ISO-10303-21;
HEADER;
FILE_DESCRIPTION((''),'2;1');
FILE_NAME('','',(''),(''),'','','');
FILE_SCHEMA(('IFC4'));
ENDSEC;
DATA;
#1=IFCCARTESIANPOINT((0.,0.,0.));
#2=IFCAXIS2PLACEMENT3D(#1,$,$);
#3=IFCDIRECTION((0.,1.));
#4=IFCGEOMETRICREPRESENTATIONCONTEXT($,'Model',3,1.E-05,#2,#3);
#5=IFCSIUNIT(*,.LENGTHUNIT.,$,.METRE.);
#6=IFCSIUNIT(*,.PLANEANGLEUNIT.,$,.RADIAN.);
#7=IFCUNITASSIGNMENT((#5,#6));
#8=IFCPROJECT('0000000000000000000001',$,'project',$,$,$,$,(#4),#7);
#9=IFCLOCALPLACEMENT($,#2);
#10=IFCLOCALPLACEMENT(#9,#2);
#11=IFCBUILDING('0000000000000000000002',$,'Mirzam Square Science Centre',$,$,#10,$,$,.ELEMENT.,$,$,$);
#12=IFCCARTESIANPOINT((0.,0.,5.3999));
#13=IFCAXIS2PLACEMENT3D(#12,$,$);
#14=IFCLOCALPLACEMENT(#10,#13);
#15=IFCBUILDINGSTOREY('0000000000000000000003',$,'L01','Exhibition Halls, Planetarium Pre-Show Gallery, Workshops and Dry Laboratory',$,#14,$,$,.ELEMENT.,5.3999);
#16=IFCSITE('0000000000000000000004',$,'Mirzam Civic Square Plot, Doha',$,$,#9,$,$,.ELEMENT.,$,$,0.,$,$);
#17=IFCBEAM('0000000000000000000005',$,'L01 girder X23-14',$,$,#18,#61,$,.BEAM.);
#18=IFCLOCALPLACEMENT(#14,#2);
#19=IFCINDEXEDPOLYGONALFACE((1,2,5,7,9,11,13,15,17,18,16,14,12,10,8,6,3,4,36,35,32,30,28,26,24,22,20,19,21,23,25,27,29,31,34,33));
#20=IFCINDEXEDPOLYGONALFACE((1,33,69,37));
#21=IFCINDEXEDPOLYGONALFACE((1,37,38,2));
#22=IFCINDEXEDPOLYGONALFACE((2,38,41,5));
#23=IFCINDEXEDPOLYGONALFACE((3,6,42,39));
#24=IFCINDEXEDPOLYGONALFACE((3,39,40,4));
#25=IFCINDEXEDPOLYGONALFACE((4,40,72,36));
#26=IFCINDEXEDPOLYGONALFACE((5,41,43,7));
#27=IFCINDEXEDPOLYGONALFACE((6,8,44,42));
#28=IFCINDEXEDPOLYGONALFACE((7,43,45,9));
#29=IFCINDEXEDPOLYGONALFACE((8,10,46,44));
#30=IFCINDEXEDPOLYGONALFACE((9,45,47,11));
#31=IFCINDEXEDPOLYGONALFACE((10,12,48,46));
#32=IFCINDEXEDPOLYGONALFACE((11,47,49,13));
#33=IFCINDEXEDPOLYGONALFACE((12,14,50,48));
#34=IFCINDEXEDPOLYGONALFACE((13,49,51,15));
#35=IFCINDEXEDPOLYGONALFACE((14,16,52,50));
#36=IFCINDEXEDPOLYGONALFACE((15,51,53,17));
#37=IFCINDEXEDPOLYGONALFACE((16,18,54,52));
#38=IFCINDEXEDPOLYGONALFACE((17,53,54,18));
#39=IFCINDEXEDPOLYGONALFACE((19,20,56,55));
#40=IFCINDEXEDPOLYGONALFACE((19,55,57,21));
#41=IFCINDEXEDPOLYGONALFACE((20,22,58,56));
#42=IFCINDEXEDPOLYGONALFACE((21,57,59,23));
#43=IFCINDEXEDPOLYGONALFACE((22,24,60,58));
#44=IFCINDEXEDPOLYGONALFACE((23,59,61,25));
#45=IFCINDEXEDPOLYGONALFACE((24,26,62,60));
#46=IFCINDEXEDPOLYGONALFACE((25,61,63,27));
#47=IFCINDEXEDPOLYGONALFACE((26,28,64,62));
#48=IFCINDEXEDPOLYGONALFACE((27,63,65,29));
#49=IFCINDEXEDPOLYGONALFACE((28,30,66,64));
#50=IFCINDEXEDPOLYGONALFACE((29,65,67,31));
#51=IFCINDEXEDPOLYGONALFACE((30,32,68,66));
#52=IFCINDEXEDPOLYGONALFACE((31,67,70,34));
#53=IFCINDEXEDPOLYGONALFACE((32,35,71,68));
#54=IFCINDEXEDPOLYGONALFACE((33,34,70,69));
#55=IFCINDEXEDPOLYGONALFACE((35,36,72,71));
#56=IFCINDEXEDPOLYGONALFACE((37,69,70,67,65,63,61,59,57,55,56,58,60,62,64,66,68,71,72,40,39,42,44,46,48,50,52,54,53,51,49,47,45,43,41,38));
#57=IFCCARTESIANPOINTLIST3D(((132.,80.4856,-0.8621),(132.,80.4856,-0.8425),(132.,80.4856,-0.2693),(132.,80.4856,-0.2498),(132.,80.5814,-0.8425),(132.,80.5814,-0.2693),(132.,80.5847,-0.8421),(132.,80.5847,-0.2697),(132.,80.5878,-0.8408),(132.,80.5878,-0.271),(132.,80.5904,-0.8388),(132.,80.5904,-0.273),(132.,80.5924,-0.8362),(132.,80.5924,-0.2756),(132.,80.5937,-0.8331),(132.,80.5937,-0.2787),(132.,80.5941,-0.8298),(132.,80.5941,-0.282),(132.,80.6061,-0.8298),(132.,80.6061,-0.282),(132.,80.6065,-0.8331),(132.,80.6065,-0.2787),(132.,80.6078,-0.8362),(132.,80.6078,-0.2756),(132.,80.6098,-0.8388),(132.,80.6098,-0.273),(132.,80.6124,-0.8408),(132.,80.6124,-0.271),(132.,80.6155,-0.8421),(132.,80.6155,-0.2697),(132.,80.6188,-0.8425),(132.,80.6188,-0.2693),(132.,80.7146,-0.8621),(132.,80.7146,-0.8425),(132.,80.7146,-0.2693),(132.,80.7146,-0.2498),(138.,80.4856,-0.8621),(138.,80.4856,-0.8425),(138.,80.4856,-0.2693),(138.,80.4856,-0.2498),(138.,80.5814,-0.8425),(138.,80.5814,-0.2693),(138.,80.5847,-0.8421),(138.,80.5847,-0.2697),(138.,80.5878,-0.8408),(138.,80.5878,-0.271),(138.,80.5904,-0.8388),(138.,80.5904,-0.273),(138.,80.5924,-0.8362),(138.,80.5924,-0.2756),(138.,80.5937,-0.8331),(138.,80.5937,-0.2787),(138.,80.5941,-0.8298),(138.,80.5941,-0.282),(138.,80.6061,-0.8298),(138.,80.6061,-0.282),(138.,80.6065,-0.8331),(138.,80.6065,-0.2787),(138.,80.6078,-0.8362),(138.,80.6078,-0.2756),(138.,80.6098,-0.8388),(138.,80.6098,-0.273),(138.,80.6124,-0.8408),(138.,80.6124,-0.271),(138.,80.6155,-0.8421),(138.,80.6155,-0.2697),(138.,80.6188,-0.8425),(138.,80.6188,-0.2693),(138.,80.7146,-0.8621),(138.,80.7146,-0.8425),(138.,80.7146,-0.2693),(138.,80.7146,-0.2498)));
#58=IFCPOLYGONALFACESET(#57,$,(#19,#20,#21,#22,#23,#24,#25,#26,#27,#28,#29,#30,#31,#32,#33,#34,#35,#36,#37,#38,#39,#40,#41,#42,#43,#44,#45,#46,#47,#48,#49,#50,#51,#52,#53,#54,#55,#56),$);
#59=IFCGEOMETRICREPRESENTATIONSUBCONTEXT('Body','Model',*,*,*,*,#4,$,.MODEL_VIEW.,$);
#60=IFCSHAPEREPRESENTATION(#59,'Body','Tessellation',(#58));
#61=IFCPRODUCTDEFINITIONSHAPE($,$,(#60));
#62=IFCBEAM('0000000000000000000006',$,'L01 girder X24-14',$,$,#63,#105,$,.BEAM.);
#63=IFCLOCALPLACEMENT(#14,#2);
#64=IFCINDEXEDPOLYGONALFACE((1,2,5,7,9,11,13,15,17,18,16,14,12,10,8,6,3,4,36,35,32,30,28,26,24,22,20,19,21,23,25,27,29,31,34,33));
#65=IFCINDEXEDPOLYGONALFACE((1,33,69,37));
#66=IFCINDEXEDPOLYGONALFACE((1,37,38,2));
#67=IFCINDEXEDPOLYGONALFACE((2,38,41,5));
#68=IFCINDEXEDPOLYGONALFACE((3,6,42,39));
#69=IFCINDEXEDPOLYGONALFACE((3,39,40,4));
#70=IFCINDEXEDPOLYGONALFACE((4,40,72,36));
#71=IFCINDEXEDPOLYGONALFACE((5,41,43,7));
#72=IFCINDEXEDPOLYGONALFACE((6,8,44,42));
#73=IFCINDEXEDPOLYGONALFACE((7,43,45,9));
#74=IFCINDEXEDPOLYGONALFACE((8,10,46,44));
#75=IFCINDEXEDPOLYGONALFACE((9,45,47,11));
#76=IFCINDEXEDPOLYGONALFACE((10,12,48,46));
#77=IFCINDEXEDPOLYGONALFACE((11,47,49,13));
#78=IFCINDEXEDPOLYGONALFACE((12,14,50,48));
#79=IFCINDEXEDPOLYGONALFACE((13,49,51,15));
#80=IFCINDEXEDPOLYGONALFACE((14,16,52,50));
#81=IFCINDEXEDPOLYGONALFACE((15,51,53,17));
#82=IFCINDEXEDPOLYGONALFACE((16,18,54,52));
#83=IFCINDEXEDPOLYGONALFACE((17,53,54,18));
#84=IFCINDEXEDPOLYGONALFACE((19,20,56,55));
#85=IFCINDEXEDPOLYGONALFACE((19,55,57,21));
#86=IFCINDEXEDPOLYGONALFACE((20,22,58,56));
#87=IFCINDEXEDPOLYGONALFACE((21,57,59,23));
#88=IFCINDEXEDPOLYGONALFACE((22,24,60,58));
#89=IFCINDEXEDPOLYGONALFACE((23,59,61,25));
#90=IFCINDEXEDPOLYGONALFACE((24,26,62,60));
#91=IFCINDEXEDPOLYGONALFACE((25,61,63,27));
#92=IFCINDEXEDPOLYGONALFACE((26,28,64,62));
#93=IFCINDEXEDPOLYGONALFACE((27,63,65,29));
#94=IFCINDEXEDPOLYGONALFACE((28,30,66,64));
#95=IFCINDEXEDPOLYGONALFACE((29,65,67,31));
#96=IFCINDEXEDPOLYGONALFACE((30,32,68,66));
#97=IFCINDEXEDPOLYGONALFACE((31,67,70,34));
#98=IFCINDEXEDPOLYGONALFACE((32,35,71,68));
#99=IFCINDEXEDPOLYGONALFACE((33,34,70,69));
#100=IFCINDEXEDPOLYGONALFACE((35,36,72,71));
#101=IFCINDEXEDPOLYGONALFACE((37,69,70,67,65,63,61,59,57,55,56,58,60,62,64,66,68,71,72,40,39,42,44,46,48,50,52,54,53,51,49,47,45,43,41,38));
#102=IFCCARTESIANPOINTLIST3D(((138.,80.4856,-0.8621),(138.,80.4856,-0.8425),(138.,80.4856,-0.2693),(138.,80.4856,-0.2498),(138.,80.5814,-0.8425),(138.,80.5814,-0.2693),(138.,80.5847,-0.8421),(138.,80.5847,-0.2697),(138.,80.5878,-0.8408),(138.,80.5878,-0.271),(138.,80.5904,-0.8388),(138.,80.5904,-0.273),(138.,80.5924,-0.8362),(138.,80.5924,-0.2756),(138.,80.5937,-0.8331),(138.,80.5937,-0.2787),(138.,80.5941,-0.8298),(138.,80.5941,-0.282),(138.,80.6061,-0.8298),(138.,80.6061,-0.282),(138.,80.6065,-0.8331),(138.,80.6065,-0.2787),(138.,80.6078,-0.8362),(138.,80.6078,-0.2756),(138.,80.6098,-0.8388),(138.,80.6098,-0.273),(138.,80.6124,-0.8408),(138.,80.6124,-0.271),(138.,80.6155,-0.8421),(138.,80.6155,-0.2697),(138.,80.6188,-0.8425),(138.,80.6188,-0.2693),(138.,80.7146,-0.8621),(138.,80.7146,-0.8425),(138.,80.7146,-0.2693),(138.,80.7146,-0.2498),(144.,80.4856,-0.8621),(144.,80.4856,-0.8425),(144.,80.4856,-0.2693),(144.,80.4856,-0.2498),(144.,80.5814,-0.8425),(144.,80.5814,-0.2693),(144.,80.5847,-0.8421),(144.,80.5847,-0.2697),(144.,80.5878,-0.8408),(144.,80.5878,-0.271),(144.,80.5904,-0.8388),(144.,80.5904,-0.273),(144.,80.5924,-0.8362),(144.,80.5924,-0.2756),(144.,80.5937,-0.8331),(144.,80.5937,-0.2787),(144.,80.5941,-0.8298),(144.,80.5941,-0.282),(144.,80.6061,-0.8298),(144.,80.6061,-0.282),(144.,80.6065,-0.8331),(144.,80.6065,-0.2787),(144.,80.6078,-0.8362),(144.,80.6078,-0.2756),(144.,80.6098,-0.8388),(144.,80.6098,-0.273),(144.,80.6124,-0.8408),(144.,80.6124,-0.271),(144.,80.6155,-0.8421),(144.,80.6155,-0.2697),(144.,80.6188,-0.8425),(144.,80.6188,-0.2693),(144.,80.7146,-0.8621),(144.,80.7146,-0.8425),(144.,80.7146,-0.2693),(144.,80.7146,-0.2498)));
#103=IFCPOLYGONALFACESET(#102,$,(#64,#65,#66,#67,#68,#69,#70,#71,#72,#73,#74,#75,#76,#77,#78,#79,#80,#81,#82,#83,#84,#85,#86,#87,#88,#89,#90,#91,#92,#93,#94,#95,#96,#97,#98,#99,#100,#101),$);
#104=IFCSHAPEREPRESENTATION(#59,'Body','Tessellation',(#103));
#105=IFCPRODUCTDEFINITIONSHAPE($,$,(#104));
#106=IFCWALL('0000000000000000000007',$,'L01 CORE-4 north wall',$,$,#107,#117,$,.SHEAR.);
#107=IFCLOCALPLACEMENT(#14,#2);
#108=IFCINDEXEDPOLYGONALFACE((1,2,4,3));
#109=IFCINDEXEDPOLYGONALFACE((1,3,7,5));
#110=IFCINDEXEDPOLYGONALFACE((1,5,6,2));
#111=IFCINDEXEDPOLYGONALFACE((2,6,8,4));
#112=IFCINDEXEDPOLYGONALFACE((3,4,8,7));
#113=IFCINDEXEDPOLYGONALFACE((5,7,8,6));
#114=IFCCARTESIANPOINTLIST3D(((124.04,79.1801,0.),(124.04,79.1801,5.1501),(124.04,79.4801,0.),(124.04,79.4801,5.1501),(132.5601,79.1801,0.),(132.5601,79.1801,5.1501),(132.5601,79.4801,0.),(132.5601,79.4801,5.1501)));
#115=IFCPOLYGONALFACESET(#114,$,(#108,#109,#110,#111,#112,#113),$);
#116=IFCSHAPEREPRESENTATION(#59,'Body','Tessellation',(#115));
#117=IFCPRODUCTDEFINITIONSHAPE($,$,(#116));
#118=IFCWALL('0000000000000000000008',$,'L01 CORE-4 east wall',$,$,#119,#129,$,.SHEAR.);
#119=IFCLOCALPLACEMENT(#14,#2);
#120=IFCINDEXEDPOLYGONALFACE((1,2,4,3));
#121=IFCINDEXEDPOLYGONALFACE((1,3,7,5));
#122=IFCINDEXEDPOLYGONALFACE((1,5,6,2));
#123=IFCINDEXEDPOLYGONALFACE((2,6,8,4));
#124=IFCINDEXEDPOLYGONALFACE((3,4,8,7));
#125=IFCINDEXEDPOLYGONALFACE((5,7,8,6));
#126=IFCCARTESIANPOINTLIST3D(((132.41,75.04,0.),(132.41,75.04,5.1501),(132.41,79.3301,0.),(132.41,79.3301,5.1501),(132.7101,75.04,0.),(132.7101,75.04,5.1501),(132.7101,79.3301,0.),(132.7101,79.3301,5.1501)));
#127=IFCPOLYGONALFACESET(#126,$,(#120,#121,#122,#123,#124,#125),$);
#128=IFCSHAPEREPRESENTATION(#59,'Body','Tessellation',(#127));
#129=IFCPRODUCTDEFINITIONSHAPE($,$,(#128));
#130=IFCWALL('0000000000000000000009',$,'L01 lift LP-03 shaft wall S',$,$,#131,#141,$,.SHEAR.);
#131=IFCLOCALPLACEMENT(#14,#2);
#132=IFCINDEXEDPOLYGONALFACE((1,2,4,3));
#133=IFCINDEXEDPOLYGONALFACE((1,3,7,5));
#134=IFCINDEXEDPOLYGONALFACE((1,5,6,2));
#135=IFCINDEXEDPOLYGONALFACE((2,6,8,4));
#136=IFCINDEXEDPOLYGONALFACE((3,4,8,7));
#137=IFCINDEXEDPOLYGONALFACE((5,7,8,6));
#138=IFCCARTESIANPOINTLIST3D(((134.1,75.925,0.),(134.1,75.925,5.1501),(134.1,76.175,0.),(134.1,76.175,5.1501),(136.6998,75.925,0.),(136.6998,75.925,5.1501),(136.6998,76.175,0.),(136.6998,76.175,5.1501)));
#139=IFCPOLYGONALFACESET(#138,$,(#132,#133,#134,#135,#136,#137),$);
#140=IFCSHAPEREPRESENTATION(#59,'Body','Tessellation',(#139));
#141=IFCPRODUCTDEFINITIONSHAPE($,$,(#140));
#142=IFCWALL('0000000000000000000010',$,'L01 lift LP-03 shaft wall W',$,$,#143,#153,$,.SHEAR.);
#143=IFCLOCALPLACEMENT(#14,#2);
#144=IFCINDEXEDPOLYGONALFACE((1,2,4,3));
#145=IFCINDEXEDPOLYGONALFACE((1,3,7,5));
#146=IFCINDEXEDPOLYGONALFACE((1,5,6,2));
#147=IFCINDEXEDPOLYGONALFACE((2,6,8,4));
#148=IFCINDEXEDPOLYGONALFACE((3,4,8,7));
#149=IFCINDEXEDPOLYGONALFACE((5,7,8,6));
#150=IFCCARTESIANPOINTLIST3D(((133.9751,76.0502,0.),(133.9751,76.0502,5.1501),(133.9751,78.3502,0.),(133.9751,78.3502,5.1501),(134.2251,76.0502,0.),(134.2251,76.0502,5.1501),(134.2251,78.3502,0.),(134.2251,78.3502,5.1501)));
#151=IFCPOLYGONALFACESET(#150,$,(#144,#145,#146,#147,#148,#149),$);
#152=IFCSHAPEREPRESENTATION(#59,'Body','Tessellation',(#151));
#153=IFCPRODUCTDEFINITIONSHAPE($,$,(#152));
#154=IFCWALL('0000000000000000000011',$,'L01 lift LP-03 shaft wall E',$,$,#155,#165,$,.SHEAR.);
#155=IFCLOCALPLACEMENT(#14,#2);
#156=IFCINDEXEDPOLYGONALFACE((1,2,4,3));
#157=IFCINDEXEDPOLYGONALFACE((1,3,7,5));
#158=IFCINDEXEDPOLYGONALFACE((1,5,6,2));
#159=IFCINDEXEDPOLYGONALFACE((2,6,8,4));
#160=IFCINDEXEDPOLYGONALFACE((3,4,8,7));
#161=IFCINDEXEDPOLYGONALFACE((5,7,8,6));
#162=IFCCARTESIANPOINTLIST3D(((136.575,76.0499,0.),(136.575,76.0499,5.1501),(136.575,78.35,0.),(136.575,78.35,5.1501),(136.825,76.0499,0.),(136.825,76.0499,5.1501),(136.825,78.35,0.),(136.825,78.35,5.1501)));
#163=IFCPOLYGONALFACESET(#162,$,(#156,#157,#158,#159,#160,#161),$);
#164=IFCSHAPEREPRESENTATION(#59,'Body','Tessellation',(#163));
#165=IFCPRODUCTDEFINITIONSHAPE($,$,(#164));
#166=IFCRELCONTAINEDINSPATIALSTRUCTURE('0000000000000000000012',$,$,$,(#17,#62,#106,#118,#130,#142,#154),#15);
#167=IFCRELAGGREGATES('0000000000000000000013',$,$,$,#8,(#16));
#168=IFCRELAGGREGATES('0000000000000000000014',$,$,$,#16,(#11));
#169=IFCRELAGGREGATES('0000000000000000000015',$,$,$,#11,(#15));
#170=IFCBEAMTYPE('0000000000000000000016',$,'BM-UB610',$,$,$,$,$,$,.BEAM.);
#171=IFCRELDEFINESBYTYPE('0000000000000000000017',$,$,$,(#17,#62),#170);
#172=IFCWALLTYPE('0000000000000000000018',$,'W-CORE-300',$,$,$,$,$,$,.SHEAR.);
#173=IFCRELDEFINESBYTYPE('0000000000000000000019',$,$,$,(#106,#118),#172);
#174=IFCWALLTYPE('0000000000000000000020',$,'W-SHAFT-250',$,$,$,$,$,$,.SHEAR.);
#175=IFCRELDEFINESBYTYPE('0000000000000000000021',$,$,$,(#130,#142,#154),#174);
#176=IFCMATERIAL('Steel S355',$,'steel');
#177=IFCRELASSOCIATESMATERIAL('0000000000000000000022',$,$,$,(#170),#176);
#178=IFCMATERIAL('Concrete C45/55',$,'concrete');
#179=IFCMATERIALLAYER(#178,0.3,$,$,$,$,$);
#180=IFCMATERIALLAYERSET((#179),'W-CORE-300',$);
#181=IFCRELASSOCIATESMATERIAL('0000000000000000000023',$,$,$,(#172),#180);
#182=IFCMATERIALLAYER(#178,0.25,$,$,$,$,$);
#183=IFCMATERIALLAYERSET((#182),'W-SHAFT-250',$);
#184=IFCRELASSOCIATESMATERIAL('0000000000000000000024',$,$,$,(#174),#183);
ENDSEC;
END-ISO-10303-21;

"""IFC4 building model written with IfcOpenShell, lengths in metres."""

from ifc_helpers import new_model, si_unit, direction, frame, frame_2d, origin, origin_2d, place, context, subcontext, project, spatial, rectangle, i_section, extrude, material, layer, layer_set, material_profile, profile_set, type_object, element, save


model = new_model("IFC4")

# Units and contexts
model_context = context("Model", 3, precision=1e-05, world=origin(), true_north=direction((0.0, 1.0)))
body_context = subcontext(model_context, "Body", "Model", "MODEL_VIEW")
ifc_project = project(units=[si_unit("LENGTHUNIT", "METRE"), si_unit("PLANEANGLEUNIT", "RADIAN")], contexts=[model_context])

# Site, building, storey
site_placement = place(None, origin())
site = spatial("IfcSite", under=ifc_project, at=site_placement, Name="Mirzam Civic Square Plot, Doha", CompositionType="ELEMENT", RefElevation=0.0)
building_placement = place(site_placement, origin())
building = spatial("IfcBuilding", under=site, at=building_placement, Name="Mirzam Square Science Centre", CompositionType="ELEMENT")
storey_placement = place(building_placement, frame((0.0, 0.0, 5.3999)))
storey = spatial("IfcBuildingStorey", under=building, at=storey_placement, Name="L01", Description="Exhibition Halls, Planetarium Pre-Show Gallery, Workshops and Dry Laboratory", CompositionType="ELEMENT", Elevation=5.3999)

# Shared definitions
ifc_material_1 = material(Name="Steel S355", Category="steel")

# Beams
ifc_material_profile_1 = material_profile(ifc_material_1, i_section(OverallWidth=0.229, OverallDepth=0.6123, WebThickness=0.012, FlangeThickness=0.0195, FilletRadius=0.0127, at=origin_2d()), Name="610x229x125UB")
ifc_profile_set_1 = profile_set([ifc_material_profile_1], Name="Steel S355")
beam_type_1 = type_object("IfcBeamType", Name="BM-UB610", PredefinedType="BEAM", material=ifc_profile_set_1)
for number, where, z_axis, x_axis, name in (
    (1, (132.0, 80.6001, -0.5559), (1.0, 0.0, 0.0), (0.0, 1.0, 0.0), "L01 girder X23-14"),
    (2, (138.0, 80.6001, -0.5559), (1.0, 0.0, 0.0), (0.0, 1.0, 0.0), "L01 girder X24-14"),
):
    element("IfcBeam", number, at=place(storey_placement, frame(where, z_axis=z_axis, x_axis=x_axis)), inside=storey, type_object=beam_type_1, Name=name, PredefinedType="BEAM", context=body_context, shape_type="SweptSolid", body=[
        extrude(i_section(OverallWidth=0.229, OverallDepth=0.6123, WebThickness=0.012, FlangeThickness=0.0195, FilletRadius=0.0127, at=origin_2d()), origin(), (0.0, 0.0, 1.0), 6.0),
    ])

# Walls
ifc_material_2 = material(Name="Concrete C45/55", Category="concrete")
ifc_layer_1 = layer(ifc_material_2, 0.3)
ifc_layer_set_1 = layer_set([ifc_layer_1], Name="W-CORE-300")
wall_type_1 = type_object("IfcWallType", Name="W-CORE-300", PredefinedType="SHEAR", material=ifc_layer_set_1)
wall_1_placement = place(storey_placement, frame((132.5601, 79.3301, 0.0), z_axis=(0.0, 0.0, 1.0), x_axis=(-1.0, 0.0, 0.0)))
element("IfcWall", 3, at=wall_1_placement, inside=storey, type_object=wall_type_1, Name="L01 CORE-4 north wall", PredefinedType="SHEAR", context=body_context, shape_type="SweptSolid", body=[
    extrude(rectangle(XDim=8.52, YDim=0.3, at=frame_2d((4.26, 0.0))), origin(), (0.0, 0.0, 1.0), 5.1501),
])
wall_2_placement = place(storey_placement, frame((132.5601, 75.04, 0.0), z_axis=(0.0, 0.0, 1.0), x_axis=(0.0, 1.0, 0.0)))
element("IfcWall", 4, at=wall_2_placement, inside=storey, type_object=wall_type_1, Name="L01 CORE-4 east wall", PredefinedType="SHEAR", context=body_context, shape_type="SweptSolid", body=[
    extrude(rectangle(XDim=4.29, YDim=0.3, at=frame_2d((2.145, 0.0))), origin(), (0.0, 0.0, 1.0), 5.1501),
])
ifc_layer_2 = layer(ifc_material_2, 0.25)
ifc_layer_set_2 = layer_set([ifc_layer_2], Name="W-SHAFT-250")
wall_type_2 = type_object("IfcWallType", Name="W-SHAFT-250", PredefinedType="SHEAR", material=ifc_layer_set_2)
wall_3_placement = place(storey_placement, frame((134.1001, 76.05, 0.0), z_axis=(0.0, 0.0, 1.0), x_axis=(1.0, 0.0, 0.0)))
element("IfcWall", 5, at=wall_3_placement, inside=storey, type_object=wall_type_2, Name="L01 lift LP-03 shaft wall S", PredefinedType="SHEAR", context=body_context, shape_type="SweptSolid", body=[
    extrude(rectangle(XDim=2.5999, YDim=0.25, at=frame_2d((1.2998, 0.0))), origin(), (0.0, 0.0, 1.0), 5.1501),
])

# Walls
for number, where, z_axis, x_axis, name in (
    (6, (134.1001, 78.3501, 0.0), (0.0, 0.0, 1.0), (0.0, -1.0, 0.0), "L01 lift LP-03 shaft wall W"),
    (7, (136.7, 76.05, 0.0), (0.0, 0.0, 1.0), (0.0, 1.0, 0.0), "L01 lift LP-03 shaft wall E"),
):
    element("IfcWall", number, at=place(storey_placement, frame(where, z_axis=z_axis, x_axis=x_axis)), inside=storey, type_object=wall_type_2, Name=name, PredefinedType="SHEAR", context=body_context, shape_type="SweptSolid", body=[
        extrude(rectangle(XDim=2.3, YDim=0.25, at=frame_2d((1.1499, 0.0))), origin(), (0.0, 0.0, 1.0), 5.1501),
    ])

save(model, "model.ifc")
